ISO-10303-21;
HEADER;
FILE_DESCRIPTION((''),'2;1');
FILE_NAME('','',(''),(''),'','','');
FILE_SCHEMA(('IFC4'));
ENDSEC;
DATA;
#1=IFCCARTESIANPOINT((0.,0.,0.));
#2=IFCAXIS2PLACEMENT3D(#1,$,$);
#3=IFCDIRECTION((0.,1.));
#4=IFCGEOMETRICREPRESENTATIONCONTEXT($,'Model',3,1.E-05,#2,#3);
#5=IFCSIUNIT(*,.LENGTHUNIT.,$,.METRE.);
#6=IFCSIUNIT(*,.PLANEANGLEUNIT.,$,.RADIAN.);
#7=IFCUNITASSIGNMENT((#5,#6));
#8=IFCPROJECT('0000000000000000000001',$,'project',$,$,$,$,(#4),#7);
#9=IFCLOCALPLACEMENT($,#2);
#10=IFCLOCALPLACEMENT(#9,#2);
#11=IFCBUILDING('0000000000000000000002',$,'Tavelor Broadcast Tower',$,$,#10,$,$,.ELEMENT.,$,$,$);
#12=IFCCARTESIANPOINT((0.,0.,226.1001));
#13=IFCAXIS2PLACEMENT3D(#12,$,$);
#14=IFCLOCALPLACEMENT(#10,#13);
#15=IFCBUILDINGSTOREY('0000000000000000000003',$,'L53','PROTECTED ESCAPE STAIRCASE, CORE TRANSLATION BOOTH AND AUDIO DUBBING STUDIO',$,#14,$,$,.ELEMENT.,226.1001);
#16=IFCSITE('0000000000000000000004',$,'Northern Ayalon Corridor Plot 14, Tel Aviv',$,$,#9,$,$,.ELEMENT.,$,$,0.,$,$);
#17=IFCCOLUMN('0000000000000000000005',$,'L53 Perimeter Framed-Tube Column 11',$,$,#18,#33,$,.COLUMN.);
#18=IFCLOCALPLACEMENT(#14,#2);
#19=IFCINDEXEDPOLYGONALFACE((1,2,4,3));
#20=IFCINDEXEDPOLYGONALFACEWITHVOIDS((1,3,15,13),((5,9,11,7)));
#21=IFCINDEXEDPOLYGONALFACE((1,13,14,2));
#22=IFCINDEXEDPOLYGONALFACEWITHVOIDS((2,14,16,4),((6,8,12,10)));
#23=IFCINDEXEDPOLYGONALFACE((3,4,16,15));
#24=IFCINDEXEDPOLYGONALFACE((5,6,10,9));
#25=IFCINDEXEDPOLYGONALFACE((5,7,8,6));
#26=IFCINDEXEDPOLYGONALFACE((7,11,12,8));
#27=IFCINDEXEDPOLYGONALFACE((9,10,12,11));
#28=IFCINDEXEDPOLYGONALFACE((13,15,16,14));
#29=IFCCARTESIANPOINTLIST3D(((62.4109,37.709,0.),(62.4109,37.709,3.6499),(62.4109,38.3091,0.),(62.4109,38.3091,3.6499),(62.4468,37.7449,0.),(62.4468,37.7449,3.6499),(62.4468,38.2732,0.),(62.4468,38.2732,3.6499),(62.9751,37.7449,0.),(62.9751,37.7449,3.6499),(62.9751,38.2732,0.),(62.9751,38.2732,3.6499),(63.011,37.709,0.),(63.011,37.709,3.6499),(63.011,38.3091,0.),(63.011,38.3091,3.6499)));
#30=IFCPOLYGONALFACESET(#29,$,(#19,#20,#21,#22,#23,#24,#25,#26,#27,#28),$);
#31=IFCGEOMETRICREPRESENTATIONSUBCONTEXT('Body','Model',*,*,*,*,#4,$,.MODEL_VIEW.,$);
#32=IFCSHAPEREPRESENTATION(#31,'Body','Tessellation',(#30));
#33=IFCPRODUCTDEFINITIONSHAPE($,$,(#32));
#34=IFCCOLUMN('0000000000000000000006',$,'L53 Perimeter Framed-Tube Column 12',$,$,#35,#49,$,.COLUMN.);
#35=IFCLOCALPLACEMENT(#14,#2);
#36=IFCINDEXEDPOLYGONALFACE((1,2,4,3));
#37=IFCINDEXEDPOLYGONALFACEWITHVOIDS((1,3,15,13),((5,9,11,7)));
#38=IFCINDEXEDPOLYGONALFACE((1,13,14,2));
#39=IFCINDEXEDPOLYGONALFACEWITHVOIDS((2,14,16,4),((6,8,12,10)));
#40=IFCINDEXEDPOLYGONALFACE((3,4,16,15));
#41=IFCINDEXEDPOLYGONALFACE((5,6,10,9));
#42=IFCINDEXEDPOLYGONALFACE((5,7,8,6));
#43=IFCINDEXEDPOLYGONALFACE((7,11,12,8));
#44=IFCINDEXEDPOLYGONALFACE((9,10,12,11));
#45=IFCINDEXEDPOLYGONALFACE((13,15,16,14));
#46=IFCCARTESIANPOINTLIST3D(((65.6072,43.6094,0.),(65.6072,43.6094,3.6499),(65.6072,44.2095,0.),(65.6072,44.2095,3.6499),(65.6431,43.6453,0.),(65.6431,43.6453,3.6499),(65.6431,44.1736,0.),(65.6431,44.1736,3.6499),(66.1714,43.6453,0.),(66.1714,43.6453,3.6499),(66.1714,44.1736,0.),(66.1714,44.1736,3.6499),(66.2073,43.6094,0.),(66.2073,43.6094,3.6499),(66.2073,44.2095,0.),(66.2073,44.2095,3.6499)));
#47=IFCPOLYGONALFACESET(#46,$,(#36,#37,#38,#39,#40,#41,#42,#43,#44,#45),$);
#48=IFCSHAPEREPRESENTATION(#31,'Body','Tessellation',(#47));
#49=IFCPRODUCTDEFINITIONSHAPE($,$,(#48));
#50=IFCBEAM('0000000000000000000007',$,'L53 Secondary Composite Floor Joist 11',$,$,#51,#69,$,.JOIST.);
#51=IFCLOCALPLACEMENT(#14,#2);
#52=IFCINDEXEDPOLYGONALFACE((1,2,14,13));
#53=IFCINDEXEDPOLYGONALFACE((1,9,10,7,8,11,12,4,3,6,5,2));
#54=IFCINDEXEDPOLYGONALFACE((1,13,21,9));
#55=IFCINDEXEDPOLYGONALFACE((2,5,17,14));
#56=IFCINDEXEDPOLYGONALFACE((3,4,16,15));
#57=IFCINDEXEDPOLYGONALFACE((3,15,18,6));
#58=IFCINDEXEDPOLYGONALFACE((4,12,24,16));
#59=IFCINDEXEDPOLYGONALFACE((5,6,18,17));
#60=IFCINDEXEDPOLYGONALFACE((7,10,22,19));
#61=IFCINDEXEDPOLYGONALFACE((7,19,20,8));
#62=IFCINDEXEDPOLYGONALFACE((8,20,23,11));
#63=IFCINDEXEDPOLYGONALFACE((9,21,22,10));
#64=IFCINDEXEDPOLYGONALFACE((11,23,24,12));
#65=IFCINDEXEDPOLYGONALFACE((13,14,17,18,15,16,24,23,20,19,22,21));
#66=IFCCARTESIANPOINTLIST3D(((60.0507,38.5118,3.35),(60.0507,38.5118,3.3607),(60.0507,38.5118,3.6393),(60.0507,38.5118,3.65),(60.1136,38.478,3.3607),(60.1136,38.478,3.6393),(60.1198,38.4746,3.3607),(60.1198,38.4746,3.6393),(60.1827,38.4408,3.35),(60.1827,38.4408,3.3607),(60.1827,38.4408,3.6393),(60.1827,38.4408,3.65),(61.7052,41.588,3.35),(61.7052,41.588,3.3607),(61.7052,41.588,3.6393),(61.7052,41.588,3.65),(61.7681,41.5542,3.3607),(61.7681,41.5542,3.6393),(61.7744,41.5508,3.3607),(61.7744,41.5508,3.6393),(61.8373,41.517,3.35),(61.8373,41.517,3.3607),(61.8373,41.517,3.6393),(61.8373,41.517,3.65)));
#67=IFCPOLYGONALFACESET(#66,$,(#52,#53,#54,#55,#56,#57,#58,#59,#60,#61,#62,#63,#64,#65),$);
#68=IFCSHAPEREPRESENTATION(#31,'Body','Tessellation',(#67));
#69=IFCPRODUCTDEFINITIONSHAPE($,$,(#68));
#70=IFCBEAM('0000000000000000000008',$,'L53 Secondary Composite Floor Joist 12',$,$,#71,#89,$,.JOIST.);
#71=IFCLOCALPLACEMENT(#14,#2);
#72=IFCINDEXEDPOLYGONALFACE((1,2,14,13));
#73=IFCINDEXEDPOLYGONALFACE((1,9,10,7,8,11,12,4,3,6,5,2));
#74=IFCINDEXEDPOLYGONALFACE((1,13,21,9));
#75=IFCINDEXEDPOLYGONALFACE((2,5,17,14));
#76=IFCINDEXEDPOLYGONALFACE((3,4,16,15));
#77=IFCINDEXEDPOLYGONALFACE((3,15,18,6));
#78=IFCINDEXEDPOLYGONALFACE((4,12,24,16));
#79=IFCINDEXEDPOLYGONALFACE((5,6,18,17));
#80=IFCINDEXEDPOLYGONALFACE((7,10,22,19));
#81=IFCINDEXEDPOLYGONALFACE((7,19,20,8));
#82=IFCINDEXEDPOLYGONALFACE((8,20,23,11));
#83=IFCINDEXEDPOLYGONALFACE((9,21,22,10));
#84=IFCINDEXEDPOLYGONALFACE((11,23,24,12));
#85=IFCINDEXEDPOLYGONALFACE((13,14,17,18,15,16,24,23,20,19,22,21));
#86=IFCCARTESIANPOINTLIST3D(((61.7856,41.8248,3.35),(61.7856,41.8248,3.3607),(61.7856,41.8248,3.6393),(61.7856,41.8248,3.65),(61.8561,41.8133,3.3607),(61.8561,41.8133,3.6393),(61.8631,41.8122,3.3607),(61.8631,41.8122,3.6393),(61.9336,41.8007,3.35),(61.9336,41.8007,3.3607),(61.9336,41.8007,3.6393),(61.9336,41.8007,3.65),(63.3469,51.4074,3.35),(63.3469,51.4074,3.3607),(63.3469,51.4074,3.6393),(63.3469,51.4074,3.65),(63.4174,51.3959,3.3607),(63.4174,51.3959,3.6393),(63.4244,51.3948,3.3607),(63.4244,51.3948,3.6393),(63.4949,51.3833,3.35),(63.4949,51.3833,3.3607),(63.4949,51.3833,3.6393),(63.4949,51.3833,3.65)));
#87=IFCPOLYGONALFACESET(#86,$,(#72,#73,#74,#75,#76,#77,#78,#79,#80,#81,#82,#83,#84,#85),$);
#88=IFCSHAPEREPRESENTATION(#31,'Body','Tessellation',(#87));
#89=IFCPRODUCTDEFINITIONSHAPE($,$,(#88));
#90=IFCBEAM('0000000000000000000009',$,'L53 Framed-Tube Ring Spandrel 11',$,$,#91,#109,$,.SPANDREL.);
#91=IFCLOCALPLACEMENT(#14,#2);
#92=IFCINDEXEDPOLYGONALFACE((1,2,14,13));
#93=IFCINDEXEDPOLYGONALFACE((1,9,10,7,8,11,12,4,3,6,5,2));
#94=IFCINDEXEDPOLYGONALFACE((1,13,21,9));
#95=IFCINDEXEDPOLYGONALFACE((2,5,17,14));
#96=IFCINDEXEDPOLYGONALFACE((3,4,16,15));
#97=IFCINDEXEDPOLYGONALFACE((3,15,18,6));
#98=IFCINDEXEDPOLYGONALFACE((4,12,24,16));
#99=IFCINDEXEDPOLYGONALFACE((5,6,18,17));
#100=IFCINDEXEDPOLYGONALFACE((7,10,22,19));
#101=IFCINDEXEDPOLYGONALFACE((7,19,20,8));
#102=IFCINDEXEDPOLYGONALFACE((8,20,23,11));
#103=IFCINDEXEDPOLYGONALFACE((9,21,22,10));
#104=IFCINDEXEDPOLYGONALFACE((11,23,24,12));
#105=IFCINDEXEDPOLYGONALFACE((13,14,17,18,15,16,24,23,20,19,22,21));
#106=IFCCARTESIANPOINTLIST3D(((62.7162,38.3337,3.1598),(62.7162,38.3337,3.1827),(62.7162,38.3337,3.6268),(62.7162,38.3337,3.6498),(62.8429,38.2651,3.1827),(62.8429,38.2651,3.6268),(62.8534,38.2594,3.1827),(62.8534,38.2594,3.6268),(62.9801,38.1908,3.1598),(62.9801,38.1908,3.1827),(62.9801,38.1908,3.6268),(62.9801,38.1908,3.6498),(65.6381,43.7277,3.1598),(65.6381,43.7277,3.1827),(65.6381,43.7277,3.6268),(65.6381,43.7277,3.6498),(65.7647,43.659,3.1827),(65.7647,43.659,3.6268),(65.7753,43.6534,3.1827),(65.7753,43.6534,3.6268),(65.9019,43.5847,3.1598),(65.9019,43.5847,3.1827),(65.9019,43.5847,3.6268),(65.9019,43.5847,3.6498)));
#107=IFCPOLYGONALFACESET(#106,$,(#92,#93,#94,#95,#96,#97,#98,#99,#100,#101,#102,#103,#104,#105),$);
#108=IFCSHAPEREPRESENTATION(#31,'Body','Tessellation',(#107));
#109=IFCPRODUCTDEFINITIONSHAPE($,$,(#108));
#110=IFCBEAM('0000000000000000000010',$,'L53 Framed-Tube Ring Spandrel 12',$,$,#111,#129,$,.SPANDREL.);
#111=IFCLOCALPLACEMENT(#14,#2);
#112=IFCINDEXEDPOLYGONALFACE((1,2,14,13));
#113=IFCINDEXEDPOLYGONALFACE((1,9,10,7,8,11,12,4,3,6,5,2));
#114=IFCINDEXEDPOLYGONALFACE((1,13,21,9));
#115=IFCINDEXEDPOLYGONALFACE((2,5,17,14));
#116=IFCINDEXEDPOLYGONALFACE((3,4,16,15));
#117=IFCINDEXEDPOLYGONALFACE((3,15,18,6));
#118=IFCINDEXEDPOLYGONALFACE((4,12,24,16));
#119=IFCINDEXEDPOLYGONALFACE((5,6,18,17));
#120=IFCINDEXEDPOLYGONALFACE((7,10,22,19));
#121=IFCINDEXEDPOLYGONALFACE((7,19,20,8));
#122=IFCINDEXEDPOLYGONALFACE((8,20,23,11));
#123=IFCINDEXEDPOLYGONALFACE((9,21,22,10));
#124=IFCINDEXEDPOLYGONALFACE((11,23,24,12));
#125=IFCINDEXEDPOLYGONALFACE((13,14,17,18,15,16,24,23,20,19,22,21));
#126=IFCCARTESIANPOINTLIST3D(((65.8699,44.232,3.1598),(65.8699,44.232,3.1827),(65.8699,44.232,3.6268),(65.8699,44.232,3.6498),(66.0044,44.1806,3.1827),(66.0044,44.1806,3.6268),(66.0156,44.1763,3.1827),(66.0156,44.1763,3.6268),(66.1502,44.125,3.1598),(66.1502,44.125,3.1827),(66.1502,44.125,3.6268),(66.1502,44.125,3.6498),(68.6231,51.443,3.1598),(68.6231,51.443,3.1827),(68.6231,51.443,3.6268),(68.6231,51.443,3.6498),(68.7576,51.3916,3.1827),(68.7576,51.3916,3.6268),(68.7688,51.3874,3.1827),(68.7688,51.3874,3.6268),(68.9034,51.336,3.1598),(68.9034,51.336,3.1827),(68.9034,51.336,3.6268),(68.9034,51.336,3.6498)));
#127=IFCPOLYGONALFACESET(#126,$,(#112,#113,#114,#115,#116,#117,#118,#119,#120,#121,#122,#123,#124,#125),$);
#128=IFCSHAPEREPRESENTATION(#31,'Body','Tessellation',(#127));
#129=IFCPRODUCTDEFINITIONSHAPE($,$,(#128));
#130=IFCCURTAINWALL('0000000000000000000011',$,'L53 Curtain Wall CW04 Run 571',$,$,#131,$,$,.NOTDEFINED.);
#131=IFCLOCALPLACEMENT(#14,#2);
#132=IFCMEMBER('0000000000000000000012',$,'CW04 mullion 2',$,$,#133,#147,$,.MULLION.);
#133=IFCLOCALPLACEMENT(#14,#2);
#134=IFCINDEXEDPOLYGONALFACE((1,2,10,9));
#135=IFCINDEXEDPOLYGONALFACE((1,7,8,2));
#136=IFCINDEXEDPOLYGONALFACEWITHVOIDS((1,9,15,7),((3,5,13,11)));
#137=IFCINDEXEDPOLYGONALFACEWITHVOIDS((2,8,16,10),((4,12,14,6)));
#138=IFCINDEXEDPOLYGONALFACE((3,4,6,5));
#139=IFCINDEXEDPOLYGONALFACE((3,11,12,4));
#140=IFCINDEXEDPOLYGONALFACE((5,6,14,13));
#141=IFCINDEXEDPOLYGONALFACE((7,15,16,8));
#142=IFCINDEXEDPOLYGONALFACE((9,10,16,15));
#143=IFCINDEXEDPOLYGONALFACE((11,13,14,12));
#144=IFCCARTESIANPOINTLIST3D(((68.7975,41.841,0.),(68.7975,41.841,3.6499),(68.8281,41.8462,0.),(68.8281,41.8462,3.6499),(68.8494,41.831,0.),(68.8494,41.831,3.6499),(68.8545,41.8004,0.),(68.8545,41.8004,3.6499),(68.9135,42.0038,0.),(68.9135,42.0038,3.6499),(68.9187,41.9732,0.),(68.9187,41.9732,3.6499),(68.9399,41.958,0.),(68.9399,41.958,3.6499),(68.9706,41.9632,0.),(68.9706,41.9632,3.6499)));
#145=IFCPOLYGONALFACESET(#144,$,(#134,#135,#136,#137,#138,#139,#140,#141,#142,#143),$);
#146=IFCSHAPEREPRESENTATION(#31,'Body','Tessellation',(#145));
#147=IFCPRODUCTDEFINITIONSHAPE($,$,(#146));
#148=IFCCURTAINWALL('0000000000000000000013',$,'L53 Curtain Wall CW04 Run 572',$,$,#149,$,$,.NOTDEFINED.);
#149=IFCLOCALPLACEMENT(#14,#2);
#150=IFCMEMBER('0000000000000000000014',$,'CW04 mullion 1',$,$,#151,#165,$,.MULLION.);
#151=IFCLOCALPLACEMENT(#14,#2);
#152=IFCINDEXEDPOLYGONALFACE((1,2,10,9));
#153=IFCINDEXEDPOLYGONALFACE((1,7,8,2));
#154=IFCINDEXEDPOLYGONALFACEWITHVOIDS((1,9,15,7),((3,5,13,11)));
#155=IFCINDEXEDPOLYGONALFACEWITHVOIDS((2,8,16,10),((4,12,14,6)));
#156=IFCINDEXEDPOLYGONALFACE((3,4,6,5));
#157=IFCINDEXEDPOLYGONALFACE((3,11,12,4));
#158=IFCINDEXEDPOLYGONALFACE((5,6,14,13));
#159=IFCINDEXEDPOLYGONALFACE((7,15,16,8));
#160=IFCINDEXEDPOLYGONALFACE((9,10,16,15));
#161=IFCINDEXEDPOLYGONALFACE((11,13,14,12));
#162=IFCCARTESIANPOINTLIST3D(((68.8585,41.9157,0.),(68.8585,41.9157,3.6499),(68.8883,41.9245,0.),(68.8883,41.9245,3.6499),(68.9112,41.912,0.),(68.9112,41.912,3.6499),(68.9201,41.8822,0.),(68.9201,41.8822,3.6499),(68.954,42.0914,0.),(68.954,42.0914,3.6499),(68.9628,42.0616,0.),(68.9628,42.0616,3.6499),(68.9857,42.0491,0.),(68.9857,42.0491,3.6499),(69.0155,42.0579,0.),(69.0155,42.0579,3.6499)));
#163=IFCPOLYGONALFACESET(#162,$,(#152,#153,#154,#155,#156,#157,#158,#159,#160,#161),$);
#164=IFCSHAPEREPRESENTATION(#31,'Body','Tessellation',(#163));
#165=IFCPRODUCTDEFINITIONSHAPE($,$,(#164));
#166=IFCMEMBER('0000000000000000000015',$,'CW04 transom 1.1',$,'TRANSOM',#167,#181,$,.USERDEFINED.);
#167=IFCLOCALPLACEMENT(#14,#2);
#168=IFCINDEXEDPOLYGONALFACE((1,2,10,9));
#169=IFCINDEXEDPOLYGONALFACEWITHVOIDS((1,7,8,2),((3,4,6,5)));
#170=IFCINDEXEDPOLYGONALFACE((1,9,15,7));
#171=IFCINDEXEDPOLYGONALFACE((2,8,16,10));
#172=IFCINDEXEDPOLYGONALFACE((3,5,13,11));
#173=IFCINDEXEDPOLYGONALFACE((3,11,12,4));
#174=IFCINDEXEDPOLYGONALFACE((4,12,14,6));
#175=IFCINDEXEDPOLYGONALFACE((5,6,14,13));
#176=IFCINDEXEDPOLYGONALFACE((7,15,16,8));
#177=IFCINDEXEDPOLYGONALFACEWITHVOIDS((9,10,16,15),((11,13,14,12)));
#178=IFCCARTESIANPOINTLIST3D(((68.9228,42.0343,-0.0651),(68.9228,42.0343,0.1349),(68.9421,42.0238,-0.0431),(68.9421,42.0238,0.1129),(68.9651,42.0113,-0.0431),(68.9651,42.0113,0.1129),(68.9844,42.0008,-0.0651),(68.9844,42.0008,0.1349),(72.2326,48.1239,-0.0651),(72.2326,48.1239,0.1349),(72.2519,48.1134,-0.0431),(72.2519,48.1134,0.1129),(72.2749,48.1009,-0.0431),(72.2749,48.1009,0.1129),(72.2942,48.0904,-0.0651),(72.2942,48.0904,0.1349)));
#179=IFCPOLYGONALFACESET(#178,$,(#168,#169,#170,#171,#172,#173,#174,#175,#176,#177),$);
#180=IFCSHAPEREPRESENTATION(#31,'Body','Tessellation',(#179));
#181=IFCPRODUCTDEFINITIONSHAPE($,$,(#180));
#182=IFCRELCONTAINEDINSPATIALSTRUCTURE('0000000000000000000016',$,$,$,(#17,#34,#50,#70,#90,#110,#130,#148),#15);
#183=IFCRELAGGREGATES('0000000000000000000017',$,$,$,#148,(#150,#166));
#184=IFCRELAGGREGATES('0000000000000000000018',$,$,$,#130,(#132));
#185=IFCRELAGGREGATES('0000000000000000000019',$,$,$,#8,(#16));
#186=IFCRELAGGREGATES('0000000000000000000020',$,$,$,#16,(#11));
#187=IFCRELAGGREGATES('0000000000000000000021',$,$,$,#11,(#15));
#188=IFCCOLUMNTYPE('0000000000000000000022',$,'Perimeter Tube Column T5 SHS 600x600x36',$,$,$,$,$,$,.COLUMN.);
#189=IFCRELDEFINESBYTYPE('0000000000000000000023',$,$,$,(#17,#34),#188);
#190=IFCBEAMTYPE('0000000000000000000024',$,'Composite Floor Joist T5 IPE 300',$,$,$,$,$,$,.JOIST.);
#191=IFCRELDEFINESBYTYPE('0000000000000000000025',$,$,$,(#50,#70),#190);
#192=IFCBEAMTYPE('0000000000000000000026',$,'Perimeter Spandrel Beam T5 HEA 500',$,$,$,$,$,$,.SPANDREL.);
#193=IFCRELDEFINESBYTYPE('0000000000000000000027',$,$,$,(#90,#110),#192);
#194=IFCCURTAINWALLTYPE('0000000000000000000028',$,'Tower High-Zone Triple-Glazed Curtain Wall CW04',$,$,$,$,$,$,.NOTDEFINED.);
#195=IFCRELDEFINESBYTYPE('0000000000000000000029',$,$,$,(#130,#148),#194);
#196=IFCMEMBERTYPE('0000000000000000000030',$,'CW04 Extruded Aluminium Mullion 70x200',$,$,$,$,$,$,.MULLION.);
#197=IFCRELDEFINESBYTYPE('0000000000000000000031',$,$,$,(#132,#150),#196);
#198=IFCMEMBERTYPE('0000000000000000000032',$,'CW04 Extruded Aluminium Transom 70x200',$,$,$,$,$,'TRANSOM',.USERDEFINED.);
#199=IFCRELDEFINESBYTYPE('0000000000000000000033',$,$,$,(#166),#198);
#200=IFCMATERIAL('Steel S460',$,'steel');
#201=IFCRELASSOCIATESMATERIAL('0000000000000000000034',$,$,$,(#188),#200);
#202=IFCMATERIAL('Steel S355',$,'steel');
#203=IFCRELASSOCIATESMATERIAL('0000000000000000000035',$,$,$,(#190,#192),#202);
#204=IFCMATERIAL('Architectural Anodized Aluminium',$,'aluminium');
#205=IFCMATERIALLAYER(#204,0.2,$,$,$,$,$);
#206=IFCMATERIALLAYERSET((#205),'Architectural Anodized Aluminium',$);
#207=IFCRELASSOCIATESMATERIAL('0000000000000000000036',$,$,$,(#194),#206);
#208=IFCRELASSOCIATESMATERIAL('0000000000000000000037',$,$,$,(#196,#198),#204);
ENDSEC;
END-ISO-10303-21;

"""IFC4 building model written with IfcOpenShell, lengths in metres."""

from ifc_helpers import new_model, si_unit, direction, frame, origin, origin_2d, place, context, subcontext, project, spatial, hollow_rectangle, i_section, extrude, source, transform, mapped, material, layer, layer_set, material_profile, profile_set, type_object, type_shapes, element, aggregate, save


model = new_model("IFC4")

# Units and contexts
model_context = context("Model", 3, precision=1e-05, world=origin(), true_north=direction((0.0, 1.0)))
body_context = subcontext(model_context, "Body", "Model", "MODEL_VIEW")
ifc_project = project(units=[si_unit("LENGTHUNIT", "METRE"), si_unit("PLANEANGLEUNIT", "RADIAN")], contexts=[model_context])

# Site, building, storey
site_placement = place(None, origin())
site = spatial("IfcSite", under=ifc_project, at=site_placement, Name="Northern Ayalon Corridor Plot 14, Tel Aviv", CompositionType="ELEMENT", RefElevation=0.0)
building_placement = place(site_placement, origin())
building = spatial("IfcBuilding", under=site, at=building_placement, Name="Tavelor Broadcast Tower", CompositionType="ELEMENT")
storey_placement = place(building_placement, frame((0.0, 0.0, 226.1001)))
storey = spatial("IfcBuildingStorey", under=building, at=storey_placement, Name="L53", Description="PROTECTED ESCAPE STAIRCASE, CORE TRANSLATION BOOTH AND AUDIO DUBBING STUDIO", CompositionType="ELEMENT", Elevation=226.1001)

# Columns
ifc_material_1 = material(Name="Steel S460", Category="steel")
ifc_material_profile_1 = material_profile(ifc_material_1, hollow_rectangle(XDim=0.6001, YDim=0.6001, WallThickness=0.0359, at=origin_2d()), Name="SHS 600x600x36")
ifc_profile_set_1 = profile_set([ifc_material_profile_1], Name="Steel S460")
column_type = type_object("IfcColumnType", Name="Perimeter Tube Column T5 SHS 600x600x36", PredefinedType="COLUMN", material=ifc_profile_set_1)
for number, where, z_axis, x_axis, name in (
    (1, (62.7109, 38.009, 0.0), (0.0, 0.0, 1.0), (1.0, 0.0, 0.0), "L53 Perimeter Framed-Tube Column 11"),
    (2, (65.9072, 43.9094, 0.0), (0.0, 0.0, 1.0), (1.0, 0.0, 0.0), "L53 Perimeter Framed-Tube Column 12"),
):
    element("IfcColumn", number, at=place(storey_placement, frame(where, z_axis=z_axis, x_axis=x_axis)), inside=storey, type_object=column_type, Name=name, PredefinedType="COLUMN", context=body_context, shape_type="SweptSolid", body=[
        extrude(hollow_rectangle(XDim=0.6001, YDim=0.6001, WallThickness=0.0359, at=origin_2d()), origin(), (0.0, 0.0, 1.0), 3.6499),
    ])

# Beams
ifc_material_2 = material(Name="Steel S355", Category="steel")
ifc_material_profile_2 = material_profile(ifc_material_2, i_section(OverallWidth=0.1499, OverallDepth=0.3, WebThickness=0.0071, FlangeThickness=0.0107, at=origin_2d()), Name="IPE 300")
ifc_profile_set_2 = profile_set([ifc_material_profile_2], Name="Steel S355")
beam_type_1 = type_object("IfcBeamType", Name="Composite Floor Joist T5 IPE 300", PredefinedType="JOIST", material=ifc_profile_set_2)
beam_1_placement = place(storey_placement, frame((60.1167, 38.4763, 3.5), z_axis=(0.473687, 0.880693, 0.0), x_axis=(-0.880693, 0.473687, 0.0)))
element("IfcBeam", 3, at=beam_1_placement, inside=storey, type_object=beam_type_1, Name="L53 Secondary Composite Floor Joist 11", PredefinedType="JOIST", context=body_context, shape_type="SweptSolid", body=[
    extrude(i_section(OverallWidth=0.1499, OverallDepth=0.3, WebThickness=0.0071, FlangeThickness=0.0107, at=origin_2d()), origin(), (0.0, 0.0, 1.0), 3.4929),
])
beam_2_placement = place(storey_placement, frame((61.8596, 41.8127, 3.5), z_axis=(0.160809, 0.986985, 0.0), x_axis=(-0.986985, 0.160809, 0.0)))
element("IfcBeam", 4, at=beam_2_placement, inside=storey, type_object=beam_type_1, Name="L53 Secondary Composite Floor Joist 12", PredefinedType="JOIST", context=body_context, shape_type="SweptSolid", body=[
    extrude(i_section(OverallWidth=0.1499, OverallDepth=0.3, WebThickness=0.0071, FlangeThickness=0.0107, at=origin_2d()), origin(), (0.0, 0.0, 1.0), 9.709),
])
ifc_material_profile_3 = material_profile(ifc_material_2, i_section(OverallWidth=0.3, OverallDepth=0.49, WebThickness=0.012, FlangeThickness=0.0229, at=origin_2d()), Name="HEA 500")
ifc_profile_set_3 = profile_set([ifc_material_profile_3], Name="Steel S355")
beam_type_2 = type_object("IfcBeamType", Name="Perimeter Spandrel Beam T5 HEA 500", PredefinedType="SPANDREL", material=ifc_profile_set_3)
beam_3_placement = place(storey_placement, frame((62.8481, 38.2622, 3.4048), z_axis=(0.476296, 0.879285, 0.0), x_axis=(-0.879285, 0.476296, 0.0)))
element("IfcBeam", 5, at=beam_3_placement, inside=storey, type_object=beam_type_2, Name="L53 Framed-Tube Ring Spandrel 11", PredefinedType="SPANDREL", context=body_context, shape_type="SweptSolid", body=[
    extrude(i_section(OverallWidth=0.3, OverallDepth=0.49, WebThickness=0.012, FlangeThickness=0.0229, at=origin_2d()), origin(), (0.0, 0.0, 1.0), 6.1345),
])
beam_4_placement = place(storey_placement, frame((66.01, 44.1785, 3.4048), z_axis=(0.356691, 0.934222, 0.0), x_axis=(-0.934222, 0.356691, 0.0)))
element("IfcBeam", 6, at=beam_4_placement, inside=storey, type_object=beam_type_2, Name="L53 Framed-Tube Ring Spandrel 12", PredefinedType="SPANDREL", context=body_context, shape_type="SweptSolid", body=[
    extrude(i_section(OverallWidth=0.3, OverallDepth=0.49, WebThickness=0.012, FlangeThickness=0.0229, at=origin_2d()), origin(), (0.0, 0.0, 1.0), 7.7188),
])

# Curtain wall, member
ifc_material_3 = material(Name="Architectural Anodized Aluminium", Category="aluminium")
ifc_layer_1 = layer(ifc_material_3, 0.2)
ifc_layer_set_1 = layer_set([ifc_layer_1], Name="Architectural Anodized Aluminium")
curtain_wall_type = type_object("IfcCurtainWallType", Name="Tower High-Zone Triple-Glazed Curtain Wall CW04", PredefinedType="NOTDEFINED", material=ifc_layer_set_1)
curtain_wall_1_placement = place(storey_placement, origin())
curtain_wall_1 = element("IfcCurtainWall", 7, at=curtain_wall_1_placement, inside=storey, type_object=curtain_wall_type, Name="L53 Curtain Wall CW04 Run 571", PredefinedType="NOTDEFINED")
ifc_material_profile_4 = material_profile(ifc_material_3, hollow_rectangle(XDim=0.0701, YDim=0.2, WallThickness=0.022, at=origin_2d()), Name="RHS 70x200x22")
ifc_profile_set_4 = profile_set([ifc_material_profile_4], Name="Architectural Anodized Aluminium")
member_type_1 = type_object("IfcMemberType", Name="CW04 Extruded Aluminium Mullion 70x200", PredefinedType="MULLION", material=ifc_profile_set_4)
shared_shape_1 = source(origin(), body_context, "Body", "SweptSolid", [
    extrude(hollow_rectangle(XDim=0.0701, YDim=0.2, WallThickness=0.022, at=origin_2d()), origin(), (0.0, 0.0, 1.0), 3.6499),
])
type_shapes(member_type_1, [shared_shape_1])
member_1_placement = place(storey_placement, frame((68.884, 41.9021, 0.0), z_axis=(0.0, 0.0, 1.0), x_axis=(-0.814376, 0.580338, 0.0)))
member_1 = element("IfcMember", 8, at=member_1_placement, type_object=member_type_1, Name="CW04 mullion 2", PredefinedType="MULLION", context=body_context, shape_type="MappedRepresentation", body=[
    mapped(shared_shape_1, transform((0.0, 0.0, 0.0), scale=1.0)),
])

# Curtain wall, members
curtain_wall_2_placement = place(storey_placement, origin())
curtain_wall_2 = element("IfcCurtainWall", 9, at=curtain_wall_2_placement, inside=storey, type_object=curtain_wall_type, Name="L53 Curtain Wall CW04 Run 572", PredefinedType="NOTDEFINED")
member_2_placement = place(storey_placement, frame((68.937, 41.9868, 0.0), z_axis=(0.0, 0.0, 1.0), x_axis=(-0.878619, 0.477523, 0.0)))
member_2 = element("IfcMember", 10, at=member_2_placement, type_object=member_type_1, Name="CW04 mullion 1", PredefinedType="MULLION", context=body_context, shape_type="MappedRepresentation", body=[
    mapped(shared_shape_1, transform((0.0, 0.0, 0.0), scale=1.0)),
])
ifc_material_profile_5 = material_profile(ifc_material_3, hollow_rectangle(XDim=0.0701, YDim=0.2, WallThickness=0.022, at=origin_2d()), Name="RHS 70x200x22")
ifc_profile_set_5 = profile_set([ifc_material_profile_5], Name="Architectural Anodized Aluminium")
member_type_2 = type_object("IfcMemberType", Name="CW04 Extruded Aluminium Transom 70x200", ElementType="TRANSOM", PredefinedType="USERDEFINED", material=ifc_profile_set_5)
shared_shape_2 = source(origin(), body_context, "Body", "SweptSolid", [
    extrude(hollow_rectangle(XDim=0.0701, YDim=0.2, WallThickness=0.022, at=origin_2d()), origin(), (0.0, 0.0, 1.0), 6.9309),
])
type_shapes(member_type_2, [shared_shape_2])
member_3_placement = place(storey_placement, frame((68.9536, 42.0176, 0.0349), z_axis=(0.477541, 0.878609, 0.0), x_axis=(-0.878609, 0.477541, 0.0)))
member_3 = element("IfcMember", 11, at=member_3_placement, type_object=member_type_2, Name="CW04 transom 1.1", ObjectType="TRANSOM", PredefinedType="USERDEFINED", context=body_context, shape_type="MappedRepresentation", body=[
    mapped(shared_shape_2, transform((0.0, 0.0, 0.0), scale=1.0)),
])
aggregate(curtain_wall_2, [member_2, member_3])

aggregate(curtain_wall_1, [member_1])

save(model, "model.ifc")
